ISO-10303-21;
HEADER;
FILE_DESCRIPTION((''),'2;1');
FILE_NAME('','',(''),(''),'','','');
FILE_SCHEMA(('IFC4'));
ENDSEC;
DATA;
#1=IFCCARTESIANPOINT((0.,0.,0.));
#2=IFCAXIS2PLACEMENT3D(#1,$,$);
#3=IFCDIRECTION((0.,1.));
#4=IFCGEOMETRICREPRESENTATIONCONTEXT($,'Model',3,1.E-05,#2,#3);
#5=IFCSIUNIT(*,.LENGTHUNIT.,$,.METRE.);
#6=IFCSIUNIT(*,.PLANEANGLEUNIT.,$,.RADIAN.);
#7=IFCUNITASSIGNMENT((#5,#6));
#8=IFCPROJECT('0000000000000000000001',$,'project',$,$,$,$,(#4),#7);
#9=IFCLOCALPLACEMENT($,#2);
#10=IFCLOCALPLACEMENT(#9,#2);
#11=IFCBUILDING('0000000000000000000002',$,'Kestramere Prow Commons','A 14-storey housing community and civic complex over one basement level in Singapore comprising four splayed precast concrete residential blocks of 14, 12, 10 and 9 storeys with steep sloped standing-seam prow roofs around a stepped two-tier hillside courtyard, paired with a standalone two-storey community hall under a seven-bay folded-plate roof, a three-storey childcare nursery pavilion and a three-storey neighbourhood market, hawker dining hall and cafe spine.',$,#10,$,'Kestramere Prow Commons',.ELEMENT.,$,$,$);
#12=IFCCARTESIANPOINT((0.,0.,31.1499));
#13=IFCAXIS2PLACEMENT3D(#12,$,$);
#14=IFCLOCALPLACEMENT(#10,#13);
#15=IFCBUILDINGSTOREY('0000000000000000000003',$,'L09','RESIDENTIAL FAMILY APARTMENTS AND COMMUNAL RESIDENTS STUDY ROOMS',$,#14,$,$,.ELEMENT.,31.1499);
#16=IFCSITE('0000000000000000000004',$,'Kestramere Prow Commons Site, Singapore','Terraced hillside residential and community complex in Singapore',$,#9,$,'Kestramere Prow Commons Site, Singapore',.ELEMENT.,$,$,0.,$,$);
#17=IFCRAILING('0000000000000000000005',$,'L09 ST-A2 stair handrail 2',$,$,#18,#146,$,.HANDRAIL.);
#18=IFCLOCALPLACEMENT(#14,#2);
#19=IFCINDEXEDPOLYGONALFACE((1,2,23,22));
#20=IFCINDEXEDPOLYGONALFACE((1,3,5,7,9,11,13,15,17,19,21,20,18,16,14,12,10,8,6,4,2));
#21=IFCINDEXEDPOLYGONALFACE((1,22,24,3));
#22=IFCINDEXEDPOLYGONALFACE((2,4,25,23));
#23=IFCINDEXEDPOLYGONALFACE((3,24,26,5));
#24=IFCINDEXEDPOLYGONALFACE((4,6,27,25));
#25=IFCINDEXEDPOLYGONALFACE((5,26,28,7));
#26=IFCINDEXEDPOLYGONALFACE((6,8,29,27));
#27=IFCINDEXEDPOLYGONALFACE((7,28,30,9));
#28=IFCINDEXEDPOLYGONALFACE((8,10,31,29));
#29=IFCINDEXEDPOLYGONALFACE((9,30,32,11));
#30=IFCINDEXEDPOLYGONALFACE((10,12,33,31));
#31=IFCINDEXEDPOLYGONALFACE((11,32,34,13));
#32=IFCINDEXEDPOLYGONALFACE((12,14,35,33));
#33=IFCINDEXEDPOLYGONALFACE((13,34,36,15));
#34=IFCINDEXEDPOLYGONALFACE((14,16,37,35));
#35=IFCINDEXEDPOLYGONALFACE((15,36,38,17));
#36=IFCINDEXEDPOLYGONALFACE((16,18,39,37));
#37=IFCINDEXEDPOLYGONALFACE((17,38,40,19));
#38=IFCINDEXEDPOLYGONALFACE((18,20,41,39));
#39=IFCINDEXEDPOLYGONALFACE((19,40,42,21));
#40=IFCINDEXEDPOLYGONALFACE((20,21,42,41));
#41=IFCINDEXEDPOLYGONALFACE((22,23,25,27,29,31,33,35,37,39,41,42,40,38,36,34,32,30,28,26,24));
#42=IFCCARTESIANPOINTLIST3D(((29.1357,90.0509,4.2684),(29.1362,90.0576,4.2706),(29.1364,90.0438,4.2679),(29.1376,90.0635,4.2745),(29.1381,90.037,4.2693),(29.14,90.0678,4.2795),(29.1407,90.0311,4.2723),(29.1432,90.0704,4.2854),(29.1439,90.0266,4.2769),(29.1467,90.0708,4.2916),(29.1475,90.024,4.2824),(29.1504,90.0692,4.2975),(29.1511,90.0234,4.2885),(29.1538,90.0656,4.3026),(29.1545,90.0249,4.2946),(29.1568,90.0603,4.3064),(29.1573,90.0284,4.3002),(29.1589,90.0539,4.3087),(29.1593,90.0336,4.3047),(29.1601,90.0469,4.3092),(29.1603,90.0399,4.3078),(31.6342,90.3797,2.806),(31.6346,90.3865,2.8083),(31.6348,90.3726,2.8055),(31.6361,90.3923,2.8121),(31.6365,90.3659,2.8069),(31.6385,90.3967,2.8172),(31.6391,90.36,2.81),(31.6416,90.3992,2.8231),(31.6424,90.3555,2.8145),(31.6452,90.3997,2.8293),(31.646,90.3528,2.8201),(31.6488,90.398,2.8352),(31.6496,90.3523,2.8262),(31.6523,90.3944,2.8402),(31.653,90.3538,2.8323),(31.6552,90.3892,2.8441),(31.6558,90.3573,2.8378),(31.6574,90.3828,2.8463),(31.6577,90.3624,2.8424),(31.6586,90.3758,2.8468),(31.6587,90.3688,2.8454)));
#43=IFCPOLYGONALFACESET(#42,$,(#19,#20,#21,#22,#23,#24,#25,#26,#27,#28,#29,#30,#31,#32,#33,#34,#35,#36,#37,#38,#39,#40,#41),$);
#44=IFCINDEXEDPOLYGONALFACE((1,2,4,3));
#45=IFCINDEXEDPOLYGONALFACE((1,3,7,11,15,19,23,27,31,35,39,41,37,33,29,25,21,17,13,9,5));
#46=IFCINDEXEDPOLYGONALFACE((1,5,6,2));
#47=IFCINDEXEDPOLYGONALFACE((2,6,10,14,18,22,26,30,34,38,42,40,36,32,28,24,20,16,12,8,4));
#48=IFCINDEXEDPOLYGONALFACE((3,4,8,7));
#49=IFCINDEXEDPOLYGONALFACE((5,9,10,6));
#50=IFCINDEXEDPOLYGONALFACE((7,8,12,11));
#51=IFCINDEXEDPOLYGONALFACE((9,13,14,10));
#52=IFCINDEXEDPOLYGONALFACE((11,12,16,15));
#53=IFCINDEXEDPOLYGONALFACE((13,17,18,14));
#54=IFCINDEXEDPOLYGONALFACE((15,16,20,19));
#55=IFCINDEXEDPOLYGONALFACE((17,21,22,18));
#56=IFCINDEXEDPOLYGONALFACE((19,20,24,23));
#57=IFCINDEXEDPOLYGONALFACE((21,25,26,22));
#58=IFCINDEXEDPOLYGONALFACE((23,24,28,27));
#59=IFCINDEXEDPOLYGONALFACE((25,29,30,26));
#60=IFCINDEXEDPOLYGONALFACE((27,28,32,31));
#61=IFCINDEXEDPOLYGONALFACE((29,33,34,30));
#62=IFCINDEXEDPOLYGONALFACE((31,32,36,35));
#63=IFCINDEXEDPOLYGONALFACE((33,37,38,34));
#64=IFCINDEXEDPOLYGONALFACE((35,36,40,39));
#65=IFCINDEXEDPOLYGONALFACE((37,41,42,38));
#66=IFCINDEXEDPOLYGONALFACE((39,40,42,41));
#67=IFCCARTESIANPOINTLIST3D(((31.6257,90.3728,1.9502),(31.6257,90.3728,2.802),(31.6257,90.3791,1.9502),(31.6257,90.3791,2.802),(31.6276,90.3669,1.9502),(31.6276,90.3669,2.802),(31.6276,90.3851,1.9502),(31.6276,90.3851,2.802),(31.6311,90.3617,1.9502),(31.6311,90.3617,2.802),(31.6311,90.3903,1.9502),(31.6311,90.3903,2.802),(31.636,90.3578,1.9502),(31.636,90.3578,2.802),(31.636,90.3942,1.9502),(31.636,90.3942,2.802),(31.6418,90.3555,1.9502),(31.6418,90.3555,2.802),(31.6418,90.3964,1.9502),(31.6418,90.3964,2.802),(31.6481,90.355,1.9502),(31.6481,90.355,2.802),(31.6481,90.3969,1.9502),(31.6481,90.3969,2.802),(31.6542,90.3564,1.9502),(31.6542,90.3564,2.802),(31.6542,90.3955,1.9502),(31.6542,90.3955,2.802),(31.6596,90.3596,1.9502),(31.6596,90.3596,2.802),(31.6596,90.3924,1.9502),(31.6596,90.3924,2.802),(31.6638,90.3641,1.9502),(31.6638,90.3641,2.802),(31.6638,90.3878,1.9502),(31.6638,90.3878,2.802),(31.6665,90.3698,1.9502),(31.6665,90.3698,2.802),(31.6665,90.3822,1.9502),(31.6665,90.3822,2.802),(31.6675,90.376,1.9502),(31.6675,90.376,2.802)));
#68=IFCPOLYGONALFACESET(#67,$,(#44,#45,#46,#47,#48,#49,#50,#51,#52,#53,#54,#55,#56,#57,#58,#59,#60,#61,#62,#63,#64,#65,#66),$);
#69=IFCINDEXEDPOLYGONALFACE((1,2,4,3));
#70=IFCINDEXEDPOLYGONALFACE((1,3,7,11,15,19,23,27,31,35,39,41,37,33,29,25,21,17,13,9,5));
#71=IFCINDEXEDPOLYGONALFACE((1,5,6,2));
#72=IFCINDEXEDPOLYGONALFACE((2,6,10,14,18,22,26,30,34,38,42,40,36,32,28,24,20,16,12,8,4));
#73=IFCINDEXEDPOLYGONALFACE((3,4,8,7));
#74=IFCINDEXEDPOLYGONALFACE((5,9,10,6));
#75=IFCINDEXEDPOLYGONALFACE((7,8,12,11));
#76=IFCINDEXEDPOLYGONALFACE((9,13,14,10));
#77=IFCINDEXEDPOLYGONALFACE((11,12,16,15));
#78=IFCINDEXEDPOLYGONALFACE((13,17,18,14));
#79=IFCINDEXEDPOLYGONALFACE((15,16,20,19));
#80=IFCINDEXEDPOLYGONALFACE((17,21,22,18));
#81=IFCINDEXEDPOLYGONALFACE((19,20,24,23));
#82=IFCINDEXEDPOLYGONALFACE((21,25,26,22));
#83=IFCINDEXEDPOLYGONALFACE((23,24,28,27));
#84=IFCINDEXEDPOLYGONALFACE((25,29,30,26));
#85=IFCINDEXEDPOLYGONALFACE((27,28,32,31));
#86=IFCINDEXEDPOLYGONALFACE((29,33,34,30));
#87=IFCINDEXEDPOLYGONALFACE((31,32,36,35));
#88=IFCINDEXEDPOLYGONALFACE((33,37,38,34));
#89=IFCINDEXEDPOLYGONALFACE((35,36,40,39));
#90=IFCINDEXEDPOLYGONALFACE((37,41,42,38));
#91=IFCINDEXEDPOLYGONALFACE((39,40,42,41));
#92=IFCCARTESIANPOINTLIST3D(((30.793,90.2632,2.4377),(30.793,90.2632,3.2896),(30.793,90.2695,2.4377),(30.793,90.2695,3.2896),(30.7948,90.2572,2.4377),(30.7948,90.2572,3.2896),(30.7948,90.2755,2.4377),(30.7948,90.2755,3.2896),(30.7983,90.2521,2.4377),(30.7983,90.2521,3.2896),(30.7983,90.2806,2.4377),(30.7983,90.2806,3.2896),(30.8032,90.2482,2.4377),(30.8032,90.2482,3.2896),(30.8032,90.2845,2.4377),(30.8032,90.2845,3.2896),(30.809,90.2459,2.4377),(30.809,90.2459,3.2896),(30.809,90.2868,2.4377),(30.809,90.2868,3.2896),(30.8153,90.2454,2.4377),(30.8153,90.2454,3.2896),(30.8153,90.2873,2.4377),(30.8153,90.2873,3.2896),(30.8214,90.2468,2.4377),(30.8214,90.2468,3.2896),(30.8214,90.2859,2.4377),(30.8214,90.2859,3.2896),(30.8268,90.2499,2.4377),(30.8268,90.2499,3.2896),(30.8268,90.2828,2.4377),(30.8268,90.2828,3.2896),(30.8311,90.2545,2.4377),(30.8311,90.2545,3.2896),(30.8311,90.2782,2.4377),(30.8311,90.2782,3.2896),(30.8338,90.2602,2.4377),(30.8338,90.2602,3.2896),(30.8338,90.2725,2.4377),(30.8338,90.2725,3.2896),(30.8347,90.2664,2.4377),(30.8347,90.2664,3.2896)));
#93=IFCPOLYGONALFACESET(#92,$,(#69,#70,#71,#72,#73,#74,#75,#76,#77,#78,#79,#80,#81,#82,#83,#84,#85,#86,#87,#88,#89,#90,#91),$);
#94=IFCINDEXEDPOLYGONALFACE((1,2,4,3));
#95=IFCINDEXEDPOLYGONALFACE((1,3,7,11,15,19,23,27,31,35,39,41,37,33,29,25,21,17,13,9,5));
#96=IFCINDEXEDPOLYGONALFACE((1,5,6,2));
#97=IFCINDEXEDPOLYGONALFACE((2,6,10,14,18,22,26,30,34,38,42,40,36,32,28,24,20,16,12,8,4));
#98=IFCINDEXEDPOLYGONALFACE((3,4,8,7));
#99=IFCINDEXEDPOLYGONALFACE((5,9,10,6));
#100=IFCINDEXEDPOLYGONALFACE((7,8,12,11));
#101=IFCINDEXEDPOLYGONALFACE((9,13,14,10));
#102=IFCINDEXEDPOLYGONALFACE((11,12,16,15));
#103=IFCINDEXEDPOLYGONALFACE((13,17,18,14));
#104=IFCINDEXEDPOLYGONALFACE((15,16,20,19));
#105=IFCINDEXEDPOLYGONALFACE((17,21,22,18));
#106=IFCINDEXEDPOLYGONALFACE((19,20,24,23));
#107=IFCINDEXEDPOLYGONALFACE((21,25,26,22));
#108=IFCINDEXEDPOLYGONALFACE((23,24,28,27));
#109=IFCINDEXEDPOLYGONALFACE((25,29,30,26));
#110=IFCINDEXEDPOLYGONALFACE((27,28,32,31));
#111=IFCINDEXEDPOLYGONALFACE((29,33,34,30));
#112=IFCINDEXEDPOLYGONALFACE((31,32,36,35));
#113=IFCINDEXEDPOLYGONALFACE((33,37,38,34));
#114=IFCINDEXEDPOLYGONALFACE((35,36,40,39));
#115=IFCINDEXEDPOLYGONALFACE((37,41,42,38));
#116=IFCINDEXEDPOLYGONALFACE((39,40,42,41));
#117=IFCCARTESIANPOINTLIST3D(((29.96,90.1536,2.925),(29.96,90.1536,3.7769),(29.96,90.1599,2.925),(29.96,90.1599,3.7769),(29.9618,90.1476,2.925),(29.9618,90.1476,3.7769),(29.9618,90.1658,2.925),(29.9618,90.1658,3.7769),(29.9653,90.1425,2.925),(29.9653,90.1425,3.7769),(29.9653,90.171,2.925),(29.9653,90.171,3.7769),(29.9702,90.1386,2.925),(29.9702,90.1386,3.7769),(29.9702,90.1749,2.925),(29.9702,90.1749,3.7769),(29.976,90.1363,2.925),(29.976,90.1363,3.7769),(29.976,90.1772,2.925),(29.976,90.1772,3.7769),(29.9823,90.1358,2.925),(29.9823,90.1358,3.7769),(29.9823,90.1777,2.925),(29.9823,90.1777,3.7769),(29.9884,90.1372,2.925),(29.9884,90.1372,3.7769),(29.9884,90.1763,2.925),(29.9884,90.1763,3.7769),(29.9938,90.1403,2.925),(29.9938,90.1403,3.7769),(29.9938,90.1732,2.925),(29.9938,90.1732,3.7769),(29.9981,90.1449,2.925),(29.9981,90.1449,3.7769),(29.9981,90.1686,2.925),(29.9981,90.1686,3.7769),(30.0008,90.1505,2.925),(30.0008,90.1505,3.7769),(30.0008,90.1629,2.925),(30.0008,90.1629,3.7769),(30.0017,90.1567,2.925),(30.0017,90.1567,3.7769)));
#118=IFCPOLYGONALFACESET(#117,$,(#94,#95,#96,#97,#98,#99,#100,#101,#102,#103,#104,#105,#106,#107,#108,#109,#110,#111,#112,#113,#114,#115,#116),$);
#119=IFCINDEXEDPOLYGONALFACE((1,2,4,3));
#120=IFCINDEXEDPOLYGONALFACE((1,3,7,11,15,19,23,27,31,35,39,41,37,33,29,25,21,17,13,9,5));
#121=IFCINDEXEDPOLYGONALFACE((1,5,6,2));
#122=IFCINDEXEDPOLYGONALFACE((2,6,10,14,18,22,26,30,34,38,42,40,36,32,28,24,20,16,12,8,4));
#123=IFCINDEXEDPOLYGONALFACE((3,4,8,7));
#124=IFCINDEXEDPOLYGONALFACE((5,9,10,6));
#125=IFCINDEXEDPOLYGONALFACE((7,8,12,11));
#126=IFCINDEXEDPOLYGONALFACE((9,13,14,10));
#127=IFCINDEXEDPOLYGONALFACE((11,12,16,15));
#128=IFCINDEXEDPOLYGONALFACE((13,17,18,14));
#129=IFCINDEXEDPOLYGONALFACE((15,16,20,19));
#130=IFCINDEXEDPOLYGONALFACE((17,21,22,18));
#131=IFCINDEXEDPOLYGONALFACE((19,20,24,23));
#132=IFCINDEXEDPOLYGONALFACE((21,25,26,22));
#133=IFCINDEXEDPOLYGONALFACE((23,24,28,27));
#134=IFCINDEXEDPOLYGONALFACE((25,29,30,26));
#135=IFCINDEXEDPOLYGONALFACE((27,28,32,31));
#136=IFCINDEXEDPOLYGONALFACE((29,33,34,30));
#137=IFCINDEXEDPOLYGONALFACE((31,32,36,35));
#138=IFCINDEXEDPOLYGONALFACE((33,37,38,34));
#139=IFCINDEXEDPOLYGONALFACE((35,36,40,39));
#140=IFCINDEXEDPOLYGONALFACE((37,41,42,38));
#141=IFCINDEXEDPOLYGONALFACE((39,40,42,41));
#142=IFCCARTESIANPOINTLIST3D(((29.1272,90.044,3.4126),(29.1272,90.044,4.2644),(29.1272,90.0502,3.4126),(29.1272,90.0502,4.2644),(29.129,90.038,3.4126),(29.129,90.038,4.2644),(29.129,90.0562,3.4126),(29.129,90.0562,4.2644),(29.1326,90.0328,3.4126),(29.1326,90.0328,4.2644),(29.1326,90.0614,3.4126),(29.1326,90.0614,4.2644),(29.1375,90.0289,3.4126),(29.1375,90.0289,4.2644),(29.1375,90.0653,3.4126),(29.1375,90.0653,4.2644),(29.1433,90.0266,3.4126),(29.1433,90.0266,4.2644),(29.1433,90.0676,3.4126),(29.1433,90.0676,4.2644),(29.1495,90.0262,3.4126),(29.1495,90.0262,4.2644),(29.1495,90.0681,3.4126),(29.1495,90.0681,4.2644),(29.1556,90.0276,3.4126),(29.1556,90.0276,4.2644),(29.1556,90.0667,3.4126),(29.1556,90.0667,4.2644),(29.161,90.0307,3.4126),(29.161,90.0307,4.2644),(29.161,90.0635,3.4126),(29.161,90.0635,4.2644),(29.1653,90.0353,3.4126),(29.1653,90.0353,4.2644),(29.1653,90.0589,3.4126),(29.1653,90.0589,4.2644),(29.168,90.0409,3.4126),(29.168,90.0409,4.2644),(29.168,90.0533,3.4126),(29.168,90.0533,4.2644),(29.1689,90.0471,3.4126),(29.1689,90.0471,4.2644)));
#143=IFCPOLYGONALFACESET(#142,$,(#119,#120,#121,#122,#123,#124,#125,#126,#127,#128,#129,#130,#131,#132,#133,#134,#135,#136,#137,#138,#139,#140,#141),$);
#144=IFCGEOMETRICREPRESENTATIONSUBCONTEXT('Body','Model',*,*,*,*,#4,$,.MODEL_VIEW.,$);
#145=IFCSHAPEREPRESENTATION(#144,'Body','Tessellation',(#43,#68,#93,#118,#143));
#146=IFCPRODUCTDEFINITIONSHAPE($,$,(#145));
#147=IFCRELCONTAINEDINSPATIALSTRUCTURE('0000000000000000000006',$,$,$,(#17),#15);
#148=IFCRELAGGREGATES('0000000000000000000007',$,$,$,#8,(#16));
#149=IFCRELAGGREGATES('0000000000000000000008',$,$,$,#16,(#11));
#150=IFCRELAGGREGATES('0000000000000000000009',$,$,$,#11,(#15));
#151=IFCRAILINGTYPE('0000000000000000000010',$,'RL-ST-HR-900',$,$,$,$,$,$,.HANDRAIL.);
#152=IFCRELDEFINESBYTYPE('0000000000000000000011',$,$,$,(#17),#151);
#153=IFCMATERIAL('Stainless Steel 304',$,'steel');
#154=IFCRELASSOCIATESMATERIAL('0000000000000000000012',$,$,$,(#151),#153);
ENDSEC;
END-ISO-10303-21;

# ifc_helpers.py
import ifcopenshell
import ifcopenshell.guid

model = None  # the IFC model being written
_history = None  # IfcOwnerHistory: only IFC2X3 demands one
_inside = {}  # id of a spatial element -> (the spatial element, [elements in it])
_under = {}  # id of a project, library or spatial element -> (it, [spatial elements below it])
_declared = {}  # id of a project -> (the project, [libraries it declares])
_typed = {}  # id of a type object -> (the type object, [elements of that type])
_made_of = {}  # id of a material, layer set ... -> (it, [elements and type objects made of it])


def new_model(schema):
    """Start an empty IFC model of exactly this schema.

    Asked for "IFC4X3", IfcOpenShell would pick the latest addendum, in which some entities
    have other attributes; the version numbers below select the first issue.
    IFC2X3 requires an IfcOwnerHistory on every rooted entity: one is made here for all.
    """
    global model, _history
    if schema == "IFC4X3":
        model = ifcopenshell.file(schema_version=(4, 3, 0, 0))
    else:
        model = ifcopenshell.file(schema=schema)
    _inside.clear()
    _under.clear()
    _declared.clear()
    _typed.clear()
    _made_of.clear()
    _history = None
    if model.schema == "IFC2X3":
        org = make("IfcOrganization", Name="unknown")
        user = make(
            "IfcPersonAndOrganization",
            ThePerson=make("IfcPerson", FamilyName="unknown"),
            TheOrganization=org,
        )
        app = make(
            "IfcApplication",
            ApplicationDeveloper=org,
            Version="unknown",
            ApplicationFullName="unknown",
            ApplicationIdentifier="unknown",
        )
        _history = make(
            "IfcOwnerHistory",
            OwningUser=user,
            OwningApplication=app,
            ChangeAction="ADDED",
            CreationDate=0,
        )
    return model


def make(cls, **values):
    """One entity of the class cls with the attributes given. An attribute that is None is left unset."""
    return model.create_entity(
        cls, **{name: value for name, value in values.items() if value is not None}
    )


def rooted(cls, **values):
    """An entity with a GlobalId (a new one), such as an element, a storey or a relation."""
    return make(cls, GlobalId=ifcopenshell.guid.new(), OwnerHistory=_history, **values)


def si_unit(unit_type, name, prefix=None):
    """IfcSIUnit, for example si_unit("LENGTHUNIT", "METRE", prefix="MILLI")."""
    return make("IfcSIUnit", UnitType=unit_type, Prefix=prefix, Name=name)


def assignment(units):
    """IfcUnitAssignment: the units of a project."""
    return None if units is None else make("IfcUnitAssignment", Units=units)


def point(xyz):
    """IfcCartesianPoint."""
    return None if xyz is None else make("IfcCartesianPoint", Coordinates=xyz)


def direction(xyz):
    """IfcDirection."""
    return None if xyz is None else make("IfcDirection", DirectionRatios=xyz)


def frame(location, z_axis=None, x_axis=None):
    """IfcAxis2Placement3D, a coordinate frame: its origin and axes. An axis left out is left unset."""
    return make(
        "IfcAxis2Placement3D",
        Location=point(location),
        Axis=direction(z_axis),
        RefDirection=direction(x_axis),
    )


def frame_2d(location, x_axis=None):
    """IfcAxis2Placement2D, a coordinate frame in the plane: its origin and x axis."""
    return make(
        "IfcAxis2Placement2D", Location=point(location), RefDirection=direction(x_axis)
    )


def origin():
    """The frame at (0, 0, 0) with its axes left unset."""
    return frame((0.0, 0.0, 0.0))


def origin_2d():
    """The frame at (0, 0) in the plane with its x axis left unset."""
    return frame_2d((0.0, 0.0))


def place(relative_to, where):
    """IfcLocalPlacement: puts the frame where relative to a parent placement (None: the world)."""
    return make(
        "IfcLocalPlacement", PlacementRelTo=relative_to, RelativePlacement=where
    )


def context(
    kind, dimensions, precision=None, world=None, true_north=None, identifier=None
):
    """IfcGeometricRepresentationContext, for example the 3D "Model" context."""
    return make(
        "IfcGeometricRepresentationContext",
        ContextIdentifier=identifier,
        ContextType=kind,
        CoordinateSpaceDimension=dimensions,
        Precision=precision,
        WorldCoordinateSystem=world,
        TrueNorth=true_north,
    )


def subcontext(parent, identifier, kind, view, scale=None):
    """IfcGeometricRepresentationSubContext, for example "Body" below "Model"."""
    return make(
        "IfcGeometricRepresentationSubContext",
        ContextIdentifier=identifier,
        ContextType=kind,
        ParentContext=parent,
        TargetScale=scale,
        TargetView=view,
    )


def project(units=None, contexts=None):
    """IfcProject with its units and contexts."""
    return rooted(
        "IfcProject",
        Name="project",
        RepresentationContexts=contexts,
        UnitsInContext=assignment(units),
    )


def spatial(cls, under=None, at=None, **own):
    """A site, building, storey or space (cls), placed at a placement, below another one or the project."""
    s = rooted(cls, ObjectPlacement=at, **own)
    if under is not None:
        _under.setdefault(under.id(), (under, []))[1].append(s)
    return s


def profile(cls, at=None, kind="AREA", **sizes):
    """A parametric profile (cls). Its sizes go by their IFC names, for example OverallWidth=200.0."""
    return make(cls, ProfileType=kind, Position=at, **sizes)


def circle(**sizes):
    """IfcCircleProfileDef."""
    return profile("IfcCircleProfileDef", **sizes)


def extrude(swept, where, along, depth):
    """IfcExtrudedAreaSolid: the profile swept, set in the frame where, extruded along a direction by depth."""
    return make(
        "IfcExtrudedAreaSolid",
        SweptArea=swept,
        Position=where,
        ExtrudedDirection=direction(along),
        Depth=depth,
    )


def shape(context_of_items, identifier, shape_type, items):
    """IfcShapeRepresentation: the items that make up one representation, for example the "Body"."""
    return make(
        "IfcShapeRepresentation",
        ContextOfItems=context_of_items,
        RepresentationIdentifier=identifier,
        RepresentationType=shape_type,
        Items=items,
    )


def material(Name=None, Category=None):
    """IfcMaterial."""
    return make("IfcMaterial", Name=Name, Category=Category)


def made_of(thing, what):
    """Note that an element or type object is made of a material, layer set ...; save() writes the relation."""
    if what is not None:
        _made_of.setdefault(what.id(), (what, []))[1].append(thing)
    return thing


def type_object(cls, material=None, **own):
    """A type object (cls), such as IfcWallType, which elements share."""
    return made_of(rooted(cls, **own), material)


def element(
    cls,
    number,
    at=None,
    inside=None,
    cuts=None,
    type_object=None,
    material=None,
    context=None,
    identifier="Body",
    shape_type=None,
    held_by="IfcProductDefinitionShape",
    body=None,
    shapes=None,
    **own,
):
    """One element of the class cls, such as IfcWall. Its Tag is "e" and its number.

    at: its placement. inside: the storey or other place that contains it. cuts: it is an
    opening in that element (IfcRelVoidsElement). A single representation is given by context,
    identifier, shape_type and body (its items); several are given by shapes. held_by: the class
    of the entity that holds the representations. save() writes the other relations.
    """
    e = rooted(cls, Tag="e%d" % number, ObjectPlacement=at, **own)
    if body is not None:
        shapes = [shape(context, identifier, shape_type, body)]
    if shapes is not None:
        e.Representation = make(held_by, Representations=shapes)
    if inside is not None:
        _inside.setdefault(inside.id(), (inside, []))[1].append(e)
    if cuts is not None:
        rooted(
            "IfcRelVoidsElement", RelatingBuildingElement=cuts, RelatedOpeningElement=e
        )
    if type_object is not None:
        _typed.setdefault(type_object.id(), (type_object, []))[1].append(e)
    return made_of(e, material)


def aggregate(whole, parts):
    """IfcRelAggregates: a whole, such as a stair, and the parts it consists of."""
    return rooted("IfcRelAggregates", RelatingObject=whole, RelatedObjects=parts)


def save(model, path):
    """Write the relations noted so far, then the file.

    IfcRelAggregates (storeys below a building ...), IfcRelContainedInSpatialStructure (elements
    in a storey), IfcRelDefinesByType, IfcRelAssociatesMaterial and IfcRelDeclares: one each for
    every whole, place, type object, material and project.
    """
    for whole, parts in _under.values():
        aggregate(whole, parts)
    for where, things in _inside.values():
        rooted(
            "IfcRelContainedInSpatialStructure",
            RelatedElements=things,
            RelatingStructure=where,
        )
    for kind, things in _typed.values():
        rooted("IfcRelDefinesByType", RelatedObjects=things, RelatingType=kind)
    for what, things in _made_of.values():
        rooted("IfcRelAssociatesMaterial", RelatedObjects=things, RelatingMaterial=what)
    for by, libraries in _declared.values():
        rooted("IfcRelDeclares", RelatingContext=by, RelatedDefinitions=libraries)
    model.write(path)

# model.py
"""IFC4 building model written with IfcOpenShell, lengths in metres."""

from ifc_helpers import new_model, si_unit, direction, frame, origin, origin_2d, place, context, subcontext, project, spatial, circle, extrude, material, type_object, element, save


model = new_model("IFC4")

# Units and contexts
model_context = context("Model", 3, precision=1e-05, world=origin(), true_north=direction((0.0, 1.0)))
body_context = subcontext(model_context, "Body", "Model", "MODEL_VIEW")
ifc_project = project(units=[si_unit("LENGTHUNIT", "METRE"), si_unit("PLANEANGLEUNIT", "RADIAN")], contexts=[model_context])

# Site, building, storey
site_placement = place(None, origin())
site = spatial("IfcSite", under=ifc_project, at=site_placement, Name="Kestramere Prow Commons Site, Singapore", Description="Terraced hillside residential and community complex in Singapore", LongName="Kestramere Prow Commons Site, Singapore", CompositionType="ELEMENT", RefElevation=0.0)
building_placement = place(site_placement, origin())
building = spatial("IfcBuilding", under=site, at=building_placement, Name="Kestramere Prow Commons", Description="A 14-storey housing community and civic complex over one basement level in Singapore comprising four splayed precast concrete residential blocks of 14, 12, 10 and 9 storeys with steep sloped standing-seam prow roofs around a stepped two-tier hillside courtyard, paired with a standalone two-storey community hall under a seven-bay folded-plate roof, a three-storey childcare nursery pavilion and a three-storey neighbourhood market, hawker dining hall and cafe spine.", LongName="Kestramere Prow Commons", CompositionType="ELEMENT")
storey_placement = place(building_placement, frame((0.0, 0.0, 31.1499)))
storey = spatial("IfcBuildingStorey", under=building, at=storey_placement, Name="L09", Description="RESIDENTIAL FAMILY APARTMENTS AND COMMUNAL RESIDENTS STUDY ROOMS", CompositionType="ELEMENT", Elevation=31.1499)

# Railing
ifc_material_1 = material(Name="Stainless Steel 304", Category="steel")
railing_type_1 = type_object("IfcRailingType", Name="RL-ST-HR-900", PredefinedType="HANDRAIL", material=ifc_material_1)
railing_1_placement = place(storey_placement, frame((31.6465, 90.376, 1.9502)))
element("IfcRailing", 1, at=railing_1_placement, inside=storey, type_object=railing_type_1, Name="L09 ST-A2 stair handrail 2", PredefinedType="HANDRAIL", context=body_context, shape_type="SweptSolid", body=[
    extrude(circle(Radius=0.0239, at=origin_2d()), frame((0.0, 0.0, 0.876), z_axis=(-0.857523, -0.112867, 0.501912), x_axis=(0.130495, -0.991449, 0.0)), (0.0, 0.0, 1.0), 2.9136),
    extrude(circle(Radius=0.021, at=origin_2d()), origin(), (0.0, 0.0, 1.0), 0.8518),
    extrude(circle(Radius=0.021, at=origin_2d()), frame((-0.8328, -0.1096, 0.4875)), (0.0, 0.0, 1.0), 0.8518),
    extrude(circle(Radius=0.021, at=origin_2d()), frame((-1.6658, -0.2192, 0.9749)), (0.0, 0.0, 1.0), 0.8518),
    extrude(circle(Radius=0.021, at=origin_2d()), frame((-2.4985, -0.3289, 1.4624)), (0.0, 0.0, 1.0), 0.8518),
])

save(model, "model.ifc")
